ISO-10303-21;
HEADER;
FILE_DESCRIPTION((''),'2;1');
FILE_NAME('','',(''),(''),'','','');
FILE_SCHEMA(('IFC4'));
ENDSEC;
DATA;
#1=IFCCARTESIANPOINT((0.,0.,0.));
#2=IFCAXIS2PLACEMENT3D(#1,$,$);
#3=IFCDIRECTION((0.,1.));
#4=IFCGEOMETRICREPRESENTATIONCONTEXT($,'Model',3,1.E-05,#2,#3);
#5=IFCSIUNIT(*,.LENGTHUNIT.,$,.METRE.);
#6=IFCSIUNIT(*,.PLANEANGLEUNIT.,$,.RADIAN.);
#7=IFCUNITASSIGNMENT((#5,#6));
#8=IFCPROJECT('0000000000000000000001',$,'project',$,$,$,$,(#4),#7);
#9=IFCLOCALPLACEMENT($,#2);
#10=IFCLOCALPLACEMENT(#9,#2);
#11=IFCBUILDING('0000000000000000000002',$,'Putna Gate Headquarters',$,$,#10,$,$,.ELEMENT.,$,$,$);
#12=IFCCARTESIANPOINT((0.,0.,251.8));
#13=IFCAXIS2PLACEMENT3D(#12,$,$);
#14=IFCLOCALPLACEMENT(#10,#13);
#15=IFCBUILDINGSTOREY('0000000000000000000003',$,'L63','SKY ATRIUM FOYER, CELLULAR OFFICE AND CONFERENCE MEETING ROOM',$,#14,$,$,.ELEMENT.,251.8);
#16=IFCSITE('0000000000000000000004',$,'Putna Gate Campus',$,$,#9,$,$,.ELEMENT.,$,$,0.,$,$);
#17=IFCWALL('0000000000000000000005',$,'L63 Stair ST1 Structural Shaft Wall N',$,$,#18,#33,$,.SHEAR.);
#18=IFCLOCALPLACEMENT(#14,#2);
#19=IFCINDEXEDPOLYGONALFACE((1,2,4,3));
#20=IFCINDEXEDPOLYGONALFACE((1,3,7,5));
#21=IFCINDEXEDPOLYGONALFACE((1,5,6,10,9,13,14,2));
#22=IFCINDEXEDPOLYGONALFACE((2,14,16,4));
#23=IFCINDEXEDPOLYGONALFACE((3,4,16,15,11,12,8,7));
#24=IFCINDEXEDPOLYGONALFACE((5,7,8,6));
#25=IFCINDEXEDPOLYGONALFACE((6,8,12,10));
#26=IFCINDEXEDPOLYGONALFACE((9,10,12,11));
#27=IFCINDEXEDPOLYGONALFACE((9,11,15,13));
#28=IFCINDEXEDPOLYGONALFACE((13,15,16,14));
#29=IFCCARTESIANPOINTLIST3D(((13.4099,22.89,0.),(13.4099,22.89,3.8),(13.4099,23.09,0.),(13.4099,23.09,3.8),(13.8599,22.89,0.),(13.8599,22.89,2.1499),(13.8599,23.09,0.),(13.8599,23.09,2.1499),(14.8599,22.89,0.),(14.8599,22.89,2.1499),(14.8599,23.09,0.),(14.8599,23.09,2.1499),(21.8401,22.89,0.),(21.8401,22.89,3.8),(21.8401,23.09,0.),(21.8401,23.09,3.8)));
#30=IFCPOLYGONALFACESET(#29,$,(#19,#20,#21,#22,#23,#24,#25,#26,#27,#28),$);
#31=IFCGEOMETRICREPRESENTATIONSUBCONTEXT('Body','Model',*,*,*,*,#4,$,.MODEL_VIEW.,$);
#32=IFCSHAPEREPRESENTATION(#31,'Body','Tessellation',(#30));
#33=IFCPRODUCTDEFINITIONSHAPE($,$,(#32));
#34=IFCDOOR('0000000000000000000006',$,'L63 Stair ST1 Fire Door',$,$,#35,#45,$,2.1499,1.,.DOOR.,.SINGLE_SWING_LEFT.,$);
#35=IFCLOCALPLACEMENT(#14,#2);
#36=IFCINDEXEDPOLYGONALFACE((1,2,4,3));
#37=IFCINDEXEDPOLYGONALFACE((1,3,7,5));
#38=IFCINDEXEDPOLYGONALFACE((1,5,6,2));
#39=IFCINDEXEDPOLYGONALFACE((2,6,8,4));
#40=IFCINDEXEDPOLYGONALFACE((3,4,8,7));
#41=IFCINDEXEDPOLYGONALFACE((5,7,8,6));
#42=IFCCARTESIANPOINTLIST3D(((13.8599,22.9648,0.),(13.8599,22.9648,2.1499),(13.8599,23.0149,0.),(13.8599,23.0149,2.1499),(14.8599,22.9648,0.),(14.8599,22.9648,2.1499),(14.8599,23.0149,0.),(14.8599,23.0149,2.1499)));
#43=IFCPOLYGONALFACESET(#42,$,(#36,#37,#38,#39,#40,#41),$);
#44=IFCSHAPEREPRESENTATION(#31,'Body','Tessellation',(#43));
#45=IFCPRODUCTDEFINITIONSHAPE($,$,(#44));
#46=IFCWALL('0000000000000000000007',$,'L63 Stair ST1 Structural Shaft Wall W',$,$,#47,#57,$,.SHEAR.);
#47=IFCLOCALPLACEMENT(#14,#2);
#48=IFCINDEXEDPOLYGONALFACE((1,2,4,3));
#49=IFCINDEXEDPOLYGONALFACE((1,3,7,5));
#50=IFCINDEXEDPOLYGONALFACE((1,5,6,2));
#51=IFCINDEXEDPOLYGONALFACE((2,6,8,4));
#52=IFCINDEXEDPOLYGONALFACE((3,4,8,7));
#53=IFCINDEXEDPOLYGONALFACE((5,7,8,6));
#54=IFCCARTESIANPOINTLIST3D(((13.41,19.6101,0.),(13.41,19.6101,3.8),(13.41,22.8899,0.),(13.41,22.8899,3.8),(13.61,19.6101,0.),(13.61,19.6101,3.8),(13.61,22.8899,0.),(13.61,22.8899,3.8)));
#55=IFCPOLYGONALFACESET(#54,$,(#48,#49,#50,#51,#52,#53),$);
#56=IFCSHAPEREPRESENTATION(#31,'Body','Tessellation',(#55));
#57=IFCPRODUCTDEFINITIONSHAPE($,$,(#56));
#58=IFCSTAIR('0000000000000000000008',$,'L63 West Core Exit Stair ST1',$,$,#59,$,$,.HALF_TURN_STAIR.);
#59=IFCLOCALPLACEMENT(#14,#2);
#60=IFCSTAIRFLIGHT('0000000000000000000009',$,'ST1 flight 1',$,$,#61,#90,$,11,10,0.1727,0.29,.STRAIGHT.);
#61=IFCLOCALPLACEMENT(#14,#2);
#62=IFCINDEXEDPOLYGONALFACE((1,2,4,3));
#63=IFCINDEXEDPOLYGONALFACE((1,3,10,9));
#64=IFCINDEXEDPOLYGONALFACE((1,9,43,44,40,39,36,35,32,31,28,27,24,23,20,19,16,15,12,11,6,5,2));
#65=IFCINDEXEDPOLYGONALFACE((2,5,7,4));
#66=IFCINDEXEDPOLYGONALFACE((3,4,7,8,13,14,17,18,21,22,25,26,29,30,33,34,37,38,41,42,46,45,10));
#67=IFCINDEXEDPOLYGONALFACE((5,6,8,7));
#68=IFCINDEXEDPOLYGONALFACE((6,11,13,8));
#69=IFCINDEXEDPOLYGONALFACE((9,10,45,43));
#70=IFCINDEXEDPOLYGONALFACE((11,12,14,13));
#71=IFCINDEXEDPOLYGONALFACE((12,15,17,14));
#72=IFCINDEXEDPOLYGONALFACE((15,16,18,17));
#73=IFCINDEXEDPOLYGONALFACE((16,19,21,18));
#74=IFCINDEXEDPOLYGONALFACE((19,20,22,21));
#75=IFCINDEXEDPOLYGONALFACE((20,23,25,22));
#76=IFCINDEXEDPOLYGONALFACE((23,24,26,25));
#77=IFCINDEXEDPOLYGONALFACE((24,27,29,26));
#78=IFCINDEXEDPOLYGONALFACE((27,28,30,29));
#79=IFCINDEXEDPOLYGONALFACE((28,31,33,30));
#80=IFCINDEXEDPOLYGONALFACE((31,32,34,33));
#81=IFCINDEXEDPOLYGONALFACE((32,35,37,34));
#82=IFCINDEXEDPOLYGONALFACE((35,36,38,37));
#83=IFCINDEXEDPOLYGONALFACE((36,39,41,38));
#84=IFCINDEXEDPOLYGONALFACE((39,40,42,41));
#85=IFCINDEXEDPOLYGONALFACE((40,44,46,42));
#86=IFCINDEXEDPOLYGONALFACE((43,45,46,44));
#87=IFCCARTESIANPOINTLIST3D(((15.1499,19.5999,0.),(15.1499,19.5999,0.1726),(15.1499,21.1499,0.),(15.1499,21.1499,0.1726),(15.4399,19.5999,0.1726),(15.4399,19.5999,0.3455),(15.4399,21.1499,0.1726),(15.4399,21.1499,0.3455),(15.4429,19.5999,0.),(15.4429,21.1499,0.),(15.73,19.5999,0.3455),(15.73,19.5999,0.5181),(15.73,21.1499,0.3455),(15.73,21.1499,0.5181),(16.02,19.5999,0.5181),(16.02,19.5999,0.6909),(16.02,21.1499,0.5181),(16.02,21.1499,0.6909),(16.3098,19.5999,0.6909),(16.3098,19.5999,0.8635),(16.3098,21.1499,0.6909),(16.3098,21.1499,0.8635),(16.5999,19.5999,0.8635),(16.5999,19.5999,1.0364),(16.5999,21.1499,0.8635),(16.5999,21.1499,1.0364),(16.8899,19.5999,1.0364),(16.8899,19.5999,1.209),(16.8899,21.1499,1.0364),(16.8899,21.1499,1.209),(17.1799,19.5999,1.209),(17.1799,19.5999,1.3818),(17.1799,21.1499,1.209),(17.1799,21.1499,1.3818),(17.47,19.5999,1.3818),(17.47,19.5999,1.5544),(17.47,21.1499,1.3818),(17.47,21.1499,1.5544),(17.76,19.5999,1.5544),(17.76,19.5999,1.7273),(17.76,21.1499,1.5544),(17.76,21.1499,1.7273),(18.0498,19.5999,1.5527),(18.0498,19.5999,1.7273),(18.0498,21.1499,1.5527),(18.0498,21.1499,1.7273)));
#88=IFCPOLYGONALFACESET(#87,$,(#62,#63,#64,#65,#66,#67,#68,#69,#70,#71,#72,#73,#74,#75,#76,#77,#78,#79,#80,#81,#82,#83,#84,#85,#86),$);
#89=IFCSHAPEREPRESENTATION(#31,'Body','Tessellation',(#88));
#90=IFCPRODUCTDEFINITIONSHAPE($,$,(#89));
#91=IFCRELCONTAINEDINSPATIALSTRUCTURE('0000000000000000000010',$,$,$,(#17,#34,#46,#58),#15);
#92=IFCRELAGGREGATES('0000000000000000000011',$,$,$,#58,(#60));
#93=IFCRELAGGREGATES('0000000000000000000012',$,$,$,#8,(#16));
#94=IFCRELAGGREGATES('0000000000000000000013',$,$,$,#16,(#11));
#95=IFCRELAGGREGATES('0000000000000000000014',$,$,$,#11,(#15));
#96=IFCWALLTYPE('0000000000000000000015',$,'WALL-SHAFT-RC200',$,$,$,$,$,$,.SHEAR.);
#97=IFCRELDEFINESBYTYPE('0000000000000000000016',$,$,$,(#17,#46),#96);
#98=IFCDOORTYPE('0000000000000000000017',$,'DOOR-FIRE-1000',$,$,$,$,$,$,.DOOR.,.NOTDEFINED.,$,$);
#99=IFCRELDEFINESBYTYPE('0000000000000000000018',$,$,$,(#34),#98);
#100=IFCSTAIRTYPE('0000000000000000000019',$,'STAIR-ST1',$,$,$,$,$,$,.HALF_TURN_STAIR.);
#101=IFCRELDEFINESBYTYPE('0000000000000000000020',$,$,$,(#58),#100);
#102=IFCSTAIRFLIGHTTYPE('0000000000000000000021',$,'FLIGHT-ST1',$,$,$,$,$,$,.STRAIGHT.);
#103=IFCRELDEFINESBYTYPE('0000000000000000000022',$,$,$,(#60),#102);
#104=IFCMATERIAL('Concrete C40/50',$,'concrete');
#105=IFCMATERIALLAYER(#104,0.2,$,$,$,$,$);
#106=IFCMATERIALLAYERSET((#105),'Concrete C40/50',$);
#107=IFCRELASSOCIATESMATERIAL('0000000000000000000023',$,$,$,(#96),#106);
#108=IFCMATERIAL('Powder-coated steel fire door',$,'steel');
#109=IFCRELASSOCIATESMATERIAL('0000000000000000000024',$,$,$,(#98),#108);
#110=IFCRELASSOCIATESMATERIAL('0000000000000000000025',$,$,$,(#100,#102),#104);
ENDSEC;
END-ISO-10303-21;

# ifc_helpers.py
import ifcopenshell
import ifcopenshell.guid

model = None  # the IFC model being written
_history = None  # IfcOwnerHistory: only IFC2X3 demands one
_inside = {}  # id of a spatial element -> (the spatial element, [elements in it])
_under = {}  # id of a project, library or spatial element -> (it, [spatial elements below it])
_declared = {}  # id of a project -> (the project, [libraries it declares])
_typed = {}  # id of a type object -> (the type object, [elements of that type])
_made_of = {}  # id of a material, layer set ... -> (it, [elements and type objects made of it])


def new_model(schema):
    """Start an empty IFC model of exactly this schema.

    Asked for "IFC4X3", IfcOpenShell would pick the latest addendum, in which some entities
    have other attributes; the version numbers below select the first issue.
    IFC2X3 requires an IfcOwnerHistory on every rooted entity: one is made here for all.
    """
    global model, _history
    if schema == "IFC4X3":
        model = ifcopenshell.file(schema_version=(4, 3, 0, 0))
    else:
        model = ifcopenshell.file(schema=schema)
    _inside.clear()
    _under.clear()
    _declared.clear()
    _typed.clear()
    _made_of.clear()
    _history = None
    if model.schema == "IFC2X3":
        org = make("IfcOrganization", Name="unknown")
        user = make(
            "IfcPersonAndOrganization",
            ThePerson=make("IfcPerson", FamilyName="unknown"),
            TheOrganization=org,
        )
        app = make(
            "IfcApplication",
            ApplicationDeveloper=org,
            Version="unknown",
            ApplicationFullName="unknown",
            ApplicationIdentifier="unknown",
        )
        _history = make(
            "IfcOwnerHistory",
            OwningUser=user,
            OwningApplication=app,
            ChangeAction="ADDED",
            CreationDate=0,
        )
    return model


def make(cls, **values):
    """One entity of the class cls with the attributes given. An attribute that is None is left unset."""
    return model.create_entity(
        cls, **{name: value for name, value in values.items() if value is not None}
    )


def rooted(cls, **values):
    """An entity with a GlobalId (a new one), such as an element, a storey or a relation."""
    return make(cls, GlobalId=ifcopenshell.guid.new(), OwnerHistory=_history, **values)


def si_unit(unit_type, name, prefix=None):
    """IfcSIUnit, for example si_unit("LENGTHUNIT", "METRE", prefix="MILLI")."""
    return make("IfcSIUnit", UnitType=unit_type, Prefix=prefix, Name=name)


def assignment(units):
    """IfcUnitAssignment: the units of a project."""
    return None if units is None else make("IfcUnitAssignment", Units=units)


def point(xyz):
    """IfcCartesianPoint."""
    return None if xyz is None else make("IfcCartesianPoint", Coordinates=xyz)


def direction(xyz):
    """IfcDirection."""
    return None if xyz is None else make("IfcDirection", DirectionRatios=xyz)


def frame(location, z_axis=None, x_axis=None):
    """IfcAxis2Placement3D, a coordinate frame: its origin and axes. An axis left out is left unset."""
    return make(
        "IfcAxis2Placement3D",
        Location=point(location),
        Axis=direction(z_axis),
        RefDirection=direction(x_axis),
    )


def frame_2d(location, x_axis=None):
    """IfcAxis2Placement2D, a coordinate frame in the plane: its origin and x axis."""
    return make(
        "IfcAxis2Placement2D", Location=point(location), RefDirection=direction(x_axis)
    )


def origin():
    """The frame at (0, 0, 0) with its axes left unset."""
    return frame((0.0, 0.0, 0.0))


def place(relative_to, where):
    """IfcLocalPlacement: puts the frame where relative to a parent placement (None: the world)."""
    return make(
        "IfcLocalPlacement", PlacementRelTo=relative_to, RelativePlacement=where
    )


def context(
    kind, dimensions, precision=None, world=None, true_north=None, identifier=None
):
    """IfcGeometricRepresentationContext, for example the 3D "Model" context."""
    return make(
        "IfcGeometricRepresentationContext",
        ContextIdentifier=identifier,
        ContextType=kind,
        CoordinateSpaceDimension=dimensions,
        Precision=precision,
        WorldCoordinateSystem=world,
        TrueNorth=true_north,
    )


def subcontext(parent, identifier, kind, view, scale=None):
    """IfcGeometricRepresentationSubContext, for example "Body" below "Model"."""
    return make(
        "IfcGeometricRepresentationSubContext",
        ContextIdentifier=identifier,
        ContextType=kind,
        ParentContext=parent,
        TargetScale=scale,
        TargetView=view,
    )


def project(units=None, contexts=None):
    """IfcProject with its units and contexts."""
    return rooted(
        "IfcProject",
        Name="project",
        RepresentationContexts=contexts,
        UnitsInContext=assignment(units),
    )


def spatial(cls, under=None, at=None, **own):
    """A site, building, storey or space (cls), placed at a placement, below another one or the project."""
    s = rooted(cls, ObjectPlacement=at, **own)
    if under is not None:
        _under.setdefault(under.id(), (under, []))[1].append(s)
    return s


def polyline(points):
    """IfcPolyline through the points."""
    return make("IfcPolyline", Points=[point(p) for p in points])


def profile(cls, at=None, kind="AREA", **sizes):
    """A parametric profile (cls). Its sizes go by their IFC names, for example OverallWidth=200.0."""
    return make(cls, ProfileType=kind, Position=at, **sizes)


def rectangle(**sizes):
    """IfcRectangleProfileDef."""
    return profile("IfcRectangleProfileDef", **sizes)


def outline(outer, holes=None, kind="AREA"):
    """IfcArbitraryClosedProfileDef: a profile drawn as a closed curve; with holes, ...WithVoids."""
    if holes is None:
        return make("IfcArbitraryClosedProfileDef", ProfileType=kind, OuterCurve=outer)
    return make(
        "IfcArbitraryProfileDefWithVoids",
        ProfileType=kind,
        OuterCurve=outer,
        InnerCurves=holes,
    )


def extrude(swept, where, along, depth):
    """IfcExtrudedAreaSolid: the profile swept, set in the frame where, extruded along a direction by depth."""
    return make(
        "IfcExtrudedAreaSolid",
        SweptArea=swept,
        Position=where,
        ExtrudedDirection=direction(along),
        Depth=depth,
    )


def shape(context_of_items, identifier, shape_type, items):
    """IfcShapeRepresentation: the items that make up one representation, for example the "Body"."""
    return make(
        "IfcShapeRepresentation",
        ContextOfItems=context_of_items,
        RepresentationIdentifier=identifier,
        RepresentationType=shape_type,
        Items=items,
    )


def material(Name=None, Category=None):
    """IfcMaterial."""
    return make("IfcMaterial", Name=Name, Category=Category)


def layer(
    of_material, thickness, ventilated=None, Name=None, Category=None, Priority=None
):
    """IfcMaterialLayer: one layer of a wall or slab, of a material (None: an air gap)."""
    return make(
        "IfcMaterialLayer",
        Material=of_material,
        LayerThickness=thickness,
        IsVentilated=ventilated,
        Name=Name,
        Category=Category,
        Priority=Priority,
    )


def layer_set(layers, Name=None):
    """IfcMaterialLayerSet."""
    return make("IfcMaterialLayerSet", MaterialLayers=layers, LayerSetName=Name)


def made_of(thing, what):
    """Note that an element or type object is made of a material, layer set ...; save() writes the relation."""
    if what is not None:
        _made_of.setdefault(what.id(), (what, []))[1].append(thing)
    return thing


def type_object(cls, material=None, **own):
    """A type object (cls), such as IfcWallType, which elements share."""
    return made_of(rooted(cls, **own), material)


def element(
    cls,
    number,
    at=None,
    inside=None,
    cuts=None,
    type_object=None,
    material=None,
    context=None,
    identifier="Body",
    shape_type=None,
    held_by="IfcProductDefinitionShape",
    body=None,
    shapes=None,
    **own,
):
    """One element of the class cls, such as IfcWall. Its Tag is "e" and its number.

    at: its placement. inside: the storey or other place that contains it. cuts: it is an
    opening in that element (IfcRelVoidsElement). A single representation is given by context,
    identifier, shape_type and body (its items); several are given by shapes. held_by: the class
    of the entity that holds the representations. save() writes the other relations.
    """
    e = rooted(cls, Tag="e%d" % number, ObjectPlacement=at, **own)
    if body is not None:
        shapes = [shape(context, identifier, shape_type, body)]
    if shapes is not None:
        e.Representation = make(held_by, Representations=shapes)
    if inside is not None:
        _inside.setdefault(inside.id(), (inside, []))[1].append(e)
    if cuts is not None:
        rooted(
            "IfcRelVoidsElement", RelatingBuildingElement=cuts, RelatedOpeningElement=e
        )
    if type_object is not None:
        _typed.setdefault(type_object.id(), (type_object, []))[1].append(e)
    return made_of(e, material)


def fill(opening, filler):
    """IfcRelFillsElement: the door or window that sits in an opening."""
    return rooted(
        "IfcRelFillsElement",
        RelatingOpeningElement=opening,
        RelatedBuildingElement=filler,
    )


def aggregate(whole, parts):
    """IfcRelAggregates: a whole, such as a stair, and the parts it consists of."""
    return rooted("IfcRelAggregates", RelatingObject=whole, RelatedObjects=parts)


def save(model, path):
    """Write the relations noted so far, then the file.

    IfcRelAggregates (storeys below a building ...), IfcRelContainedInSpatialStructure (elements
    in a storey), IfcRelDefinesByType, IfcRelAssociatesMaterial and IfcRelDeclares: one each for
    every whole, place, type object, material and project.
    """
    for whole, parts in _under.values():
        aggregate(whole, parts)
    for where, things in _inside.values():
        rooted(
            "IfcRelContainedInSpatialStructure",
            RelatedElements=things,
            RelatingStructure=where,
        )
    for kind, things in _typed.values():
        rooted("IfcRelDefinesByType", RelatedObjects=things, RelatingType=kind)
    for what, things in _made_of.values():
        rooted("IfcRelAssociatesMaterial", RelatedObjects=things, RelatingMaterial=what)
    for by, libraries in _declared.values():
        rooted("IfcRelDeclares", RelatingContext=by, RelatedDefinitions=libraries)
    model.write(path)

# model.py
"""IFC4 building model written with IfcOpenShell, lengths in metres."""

from ifc_helpers import new_model, si_unit, direction, frame, frame_2d, origin, place, context, subcontext, project, spatial, polyline, rectangle, outline, extrude, material, layer, layer_set, type_object, element, fill, aggregate, save


model = new_model("IFC4")

# Units and contexts
model_context = context("Model", 3, precision=1e-05, world=origin(), true_north=direction((0.0, 1.0)))
body_context = subcontext(model_context, "Body", "Model", "MODEL_VIEW")
ifc_project = project(units=[si_unit("LENGTHUNIT", "METRE"), si_unit("PLANEANGLEUNIT", "RADIAN")], contexts=[model_context])

# Site, building, storey
site_placement = place(None, origin())
site = spatial("IfcSite", under=ifc_project, at=site_placement, Name="Putna Gate Campus", CompositionType="ELEMENT", RefElevation=0.0)
building_placement = place(site_placement, origin())
building = spatial("IfcBuilding", under=site, at=building_placement, Name="Putna Gate Headquarters", CompositionType="ELEMENT")
storey_placement = place(building_placement, frame((0.0, 0.0, 251.8)))
storey = spatial("IfcBuildingStorey", under=building, at=storey_placement, Name="L63", Description="SKY ATRIUM FOYER, CELLULAR OFFICE AND CONFERENCE MEETING ROOM", CompositionType="ELEMENT", Elevation=251.8)

# Shared definitions
ifc_material_1 = material(Name="Concrete C40/50", Category="concrete")
ifc_layer_1 = layer(ifc_material_1, 0.2)
ifc_layer_set_1 = layer_set([ifc_layer_1], Name="Concrete C40/50")
wall_type_1 = type_object("IfcWallType", Name="WALL-SHAFT-RC200", PredefinedType="SHEAR", material=ifc_layer_set_1)

# Wall, opening, door
wall_1_placement = place(storey_placement, frame((13.4099, 22.99, 0.0), z_axis=(0.0, 0.0, 1.0), x_axis=(1.0, 0.0, 0.0)))
wall_1 = element("IfcWall", 1, at=wall_1_placement, inside=storey, type_object=wall_type_1, Name="L63 Stair ST1 Structural Shaft Wall N", PredefinedType="SHEAR", context=body_context, shape_type="SweptSolid", body=[
    extrude(rectangle(XDim=8.4302, YDim=0.2, at=frame_2d((4.2151, 0.0))), origin(), (0.0, 0.0, 1.0), 3.8),
])
opening_1_placement = place(wall_1_placement, frame((0.45, 0.0, 0.0)))
opening_1 = element("IfcOpeningElement", 2, at=opening_1_placement, cuts=wall_1, PredefinedType="OPENING", context=body_context, shape_type="SweptSolid", body=[
    extrude(rectangle(XDim=1.0, YDim=2.1499, at=frame_2d((0.5, 1.075))), frame((0.0, 0.1099, 0.0), z_axis=(0.0, -1.0, 0.0), x_axis=(1.0, 0.0, 0.0)), (0.0, 0.0, 1.0), 0.22),
])
ifc_material_2 = material(Name="Powder-coated steel fire door", Category="steel")
door_type_1 = type_object("IfcDoorType", Name="DOOR-FIRE-1000", OperationType="NOTDEFINED", PredefinedType="DOOR", material=ifc_material_2)
door_1_placement = place(opening_1_placement, origin())
door_1 = element("IfcDoor", 3, at=door_1_placement, inside=storey, type_object=door_type_1, Name="L63 Stair ST1 Fire Door", OperationType="SINGLE_SWING_LEFT", OverallHeight=2.1499, OverallWidth=1.0, PredefinedType="DOOR", context=body_context, shape_type="SweptSolid", body=[
    extrude(rectangle(XDim=1.0, YDim=2.1499, at=frame_2d((0.5, 1.075))), frame((0.0, 0.0249, 0.0), z_axis=(0.0, -1.0, 0.0), x_axis=(1.0, 0.0, 0.0)), (0.0, 0.0, 1.0), 0.05),
])
fill(opening_1, door_1)

# Wall
wall_2_placement = place(storey_placement, frame((13.51, 19.6101, 0.0), z_axis=(0.0, 0.0, 1.0), x_axis=(0.0, 1.0, 0.0)))
element("IfcWall", 4, at=wall_2_placement, inside=storey, type_object=wall_type_1, Name="L63 Stair ST1 Structural Shaft Wall W", PredefinedType="SHEAR", context=body_context, shape_type="SweptSolid", body=[
    extrude(rectangle(XDim=3.2798, YDim=0.2, at=frame_2d((1.6399, 0.0))), origin(), (0.0, 0.0, 1.0), 3.8),
])

# Stair, stair flight
stair_type = type_object("IfcStairType", Name="STAIR-ST1", PredefinedType="HALF_TURN_STAIR", material=ifc_material_1)
stair_placement = place(storey_placement, origin())
stair = element("IfcStair", 5, at=stair_placement, inside=storey, type_object=stair_type, Name="L63 West Core Exit Stair ST1", PredefinedType="HALF_TURN_STAIR")
stair_flight_type = type_object("IfcStairFlightType", Name="FLIGHT-ST1", PredefinedType="STRAIGHT", material=ifc_material_1)
stair_flight_placement = place(storey_placement, frame((15.1499, 20.375, 0.0), z_axis=(0.0, 0.0, 1.0), x_axis=(1.0, 0.0, 0.0)))
stair_flight = element("IfcStairFlight", 6, at=stair_flight_placement, type_object=stair_flight_type, Name="ST1 flight 1", NumberOfRisers=11, NumberOfTreads=10, PredefinedType="STRAIGHT", RiserHeight=0.1727, TreadLength=0.29, context=body_context, shape_type="SweptSolid", body=[
    extrude(outline(polyline([(0.0, 0.0), (0.0, 0.1726), (0.29, 0.1726), (0.29, 0.3455), (0.5801, 0.3455), (0.5801, 0.5181), (0.8701, 0.5181), (0.8701, 0.6909), (1.1599, 0.6909), (1.1599, 0.8635), (1.45, 0.8635), (1.45, 1.0364), (1.74, 1.0364), (1.74, 1.209), (2.03, 1.209), (2.03, 1.3818), (2.3201, 1.3818), (2.3201, 1.5544), (2.6101, 1.5544), (2.6101, 1.7273), (2.8999, 1.7273), (2.8999, 1.8999), (2.8999, 1.5527), (0.293, 0.0), (0.0, 0.0)])), frame((0.0, 0.7749, 0.0), z_axis=(0.0, -1.0, 0.0), x_axis=(1.0, 0.0, 0.0)), (0.0, 0.0, 1.0), 1.55),
])
aggregate(stair, [stair_flight])

save(model, "model.ifc")
